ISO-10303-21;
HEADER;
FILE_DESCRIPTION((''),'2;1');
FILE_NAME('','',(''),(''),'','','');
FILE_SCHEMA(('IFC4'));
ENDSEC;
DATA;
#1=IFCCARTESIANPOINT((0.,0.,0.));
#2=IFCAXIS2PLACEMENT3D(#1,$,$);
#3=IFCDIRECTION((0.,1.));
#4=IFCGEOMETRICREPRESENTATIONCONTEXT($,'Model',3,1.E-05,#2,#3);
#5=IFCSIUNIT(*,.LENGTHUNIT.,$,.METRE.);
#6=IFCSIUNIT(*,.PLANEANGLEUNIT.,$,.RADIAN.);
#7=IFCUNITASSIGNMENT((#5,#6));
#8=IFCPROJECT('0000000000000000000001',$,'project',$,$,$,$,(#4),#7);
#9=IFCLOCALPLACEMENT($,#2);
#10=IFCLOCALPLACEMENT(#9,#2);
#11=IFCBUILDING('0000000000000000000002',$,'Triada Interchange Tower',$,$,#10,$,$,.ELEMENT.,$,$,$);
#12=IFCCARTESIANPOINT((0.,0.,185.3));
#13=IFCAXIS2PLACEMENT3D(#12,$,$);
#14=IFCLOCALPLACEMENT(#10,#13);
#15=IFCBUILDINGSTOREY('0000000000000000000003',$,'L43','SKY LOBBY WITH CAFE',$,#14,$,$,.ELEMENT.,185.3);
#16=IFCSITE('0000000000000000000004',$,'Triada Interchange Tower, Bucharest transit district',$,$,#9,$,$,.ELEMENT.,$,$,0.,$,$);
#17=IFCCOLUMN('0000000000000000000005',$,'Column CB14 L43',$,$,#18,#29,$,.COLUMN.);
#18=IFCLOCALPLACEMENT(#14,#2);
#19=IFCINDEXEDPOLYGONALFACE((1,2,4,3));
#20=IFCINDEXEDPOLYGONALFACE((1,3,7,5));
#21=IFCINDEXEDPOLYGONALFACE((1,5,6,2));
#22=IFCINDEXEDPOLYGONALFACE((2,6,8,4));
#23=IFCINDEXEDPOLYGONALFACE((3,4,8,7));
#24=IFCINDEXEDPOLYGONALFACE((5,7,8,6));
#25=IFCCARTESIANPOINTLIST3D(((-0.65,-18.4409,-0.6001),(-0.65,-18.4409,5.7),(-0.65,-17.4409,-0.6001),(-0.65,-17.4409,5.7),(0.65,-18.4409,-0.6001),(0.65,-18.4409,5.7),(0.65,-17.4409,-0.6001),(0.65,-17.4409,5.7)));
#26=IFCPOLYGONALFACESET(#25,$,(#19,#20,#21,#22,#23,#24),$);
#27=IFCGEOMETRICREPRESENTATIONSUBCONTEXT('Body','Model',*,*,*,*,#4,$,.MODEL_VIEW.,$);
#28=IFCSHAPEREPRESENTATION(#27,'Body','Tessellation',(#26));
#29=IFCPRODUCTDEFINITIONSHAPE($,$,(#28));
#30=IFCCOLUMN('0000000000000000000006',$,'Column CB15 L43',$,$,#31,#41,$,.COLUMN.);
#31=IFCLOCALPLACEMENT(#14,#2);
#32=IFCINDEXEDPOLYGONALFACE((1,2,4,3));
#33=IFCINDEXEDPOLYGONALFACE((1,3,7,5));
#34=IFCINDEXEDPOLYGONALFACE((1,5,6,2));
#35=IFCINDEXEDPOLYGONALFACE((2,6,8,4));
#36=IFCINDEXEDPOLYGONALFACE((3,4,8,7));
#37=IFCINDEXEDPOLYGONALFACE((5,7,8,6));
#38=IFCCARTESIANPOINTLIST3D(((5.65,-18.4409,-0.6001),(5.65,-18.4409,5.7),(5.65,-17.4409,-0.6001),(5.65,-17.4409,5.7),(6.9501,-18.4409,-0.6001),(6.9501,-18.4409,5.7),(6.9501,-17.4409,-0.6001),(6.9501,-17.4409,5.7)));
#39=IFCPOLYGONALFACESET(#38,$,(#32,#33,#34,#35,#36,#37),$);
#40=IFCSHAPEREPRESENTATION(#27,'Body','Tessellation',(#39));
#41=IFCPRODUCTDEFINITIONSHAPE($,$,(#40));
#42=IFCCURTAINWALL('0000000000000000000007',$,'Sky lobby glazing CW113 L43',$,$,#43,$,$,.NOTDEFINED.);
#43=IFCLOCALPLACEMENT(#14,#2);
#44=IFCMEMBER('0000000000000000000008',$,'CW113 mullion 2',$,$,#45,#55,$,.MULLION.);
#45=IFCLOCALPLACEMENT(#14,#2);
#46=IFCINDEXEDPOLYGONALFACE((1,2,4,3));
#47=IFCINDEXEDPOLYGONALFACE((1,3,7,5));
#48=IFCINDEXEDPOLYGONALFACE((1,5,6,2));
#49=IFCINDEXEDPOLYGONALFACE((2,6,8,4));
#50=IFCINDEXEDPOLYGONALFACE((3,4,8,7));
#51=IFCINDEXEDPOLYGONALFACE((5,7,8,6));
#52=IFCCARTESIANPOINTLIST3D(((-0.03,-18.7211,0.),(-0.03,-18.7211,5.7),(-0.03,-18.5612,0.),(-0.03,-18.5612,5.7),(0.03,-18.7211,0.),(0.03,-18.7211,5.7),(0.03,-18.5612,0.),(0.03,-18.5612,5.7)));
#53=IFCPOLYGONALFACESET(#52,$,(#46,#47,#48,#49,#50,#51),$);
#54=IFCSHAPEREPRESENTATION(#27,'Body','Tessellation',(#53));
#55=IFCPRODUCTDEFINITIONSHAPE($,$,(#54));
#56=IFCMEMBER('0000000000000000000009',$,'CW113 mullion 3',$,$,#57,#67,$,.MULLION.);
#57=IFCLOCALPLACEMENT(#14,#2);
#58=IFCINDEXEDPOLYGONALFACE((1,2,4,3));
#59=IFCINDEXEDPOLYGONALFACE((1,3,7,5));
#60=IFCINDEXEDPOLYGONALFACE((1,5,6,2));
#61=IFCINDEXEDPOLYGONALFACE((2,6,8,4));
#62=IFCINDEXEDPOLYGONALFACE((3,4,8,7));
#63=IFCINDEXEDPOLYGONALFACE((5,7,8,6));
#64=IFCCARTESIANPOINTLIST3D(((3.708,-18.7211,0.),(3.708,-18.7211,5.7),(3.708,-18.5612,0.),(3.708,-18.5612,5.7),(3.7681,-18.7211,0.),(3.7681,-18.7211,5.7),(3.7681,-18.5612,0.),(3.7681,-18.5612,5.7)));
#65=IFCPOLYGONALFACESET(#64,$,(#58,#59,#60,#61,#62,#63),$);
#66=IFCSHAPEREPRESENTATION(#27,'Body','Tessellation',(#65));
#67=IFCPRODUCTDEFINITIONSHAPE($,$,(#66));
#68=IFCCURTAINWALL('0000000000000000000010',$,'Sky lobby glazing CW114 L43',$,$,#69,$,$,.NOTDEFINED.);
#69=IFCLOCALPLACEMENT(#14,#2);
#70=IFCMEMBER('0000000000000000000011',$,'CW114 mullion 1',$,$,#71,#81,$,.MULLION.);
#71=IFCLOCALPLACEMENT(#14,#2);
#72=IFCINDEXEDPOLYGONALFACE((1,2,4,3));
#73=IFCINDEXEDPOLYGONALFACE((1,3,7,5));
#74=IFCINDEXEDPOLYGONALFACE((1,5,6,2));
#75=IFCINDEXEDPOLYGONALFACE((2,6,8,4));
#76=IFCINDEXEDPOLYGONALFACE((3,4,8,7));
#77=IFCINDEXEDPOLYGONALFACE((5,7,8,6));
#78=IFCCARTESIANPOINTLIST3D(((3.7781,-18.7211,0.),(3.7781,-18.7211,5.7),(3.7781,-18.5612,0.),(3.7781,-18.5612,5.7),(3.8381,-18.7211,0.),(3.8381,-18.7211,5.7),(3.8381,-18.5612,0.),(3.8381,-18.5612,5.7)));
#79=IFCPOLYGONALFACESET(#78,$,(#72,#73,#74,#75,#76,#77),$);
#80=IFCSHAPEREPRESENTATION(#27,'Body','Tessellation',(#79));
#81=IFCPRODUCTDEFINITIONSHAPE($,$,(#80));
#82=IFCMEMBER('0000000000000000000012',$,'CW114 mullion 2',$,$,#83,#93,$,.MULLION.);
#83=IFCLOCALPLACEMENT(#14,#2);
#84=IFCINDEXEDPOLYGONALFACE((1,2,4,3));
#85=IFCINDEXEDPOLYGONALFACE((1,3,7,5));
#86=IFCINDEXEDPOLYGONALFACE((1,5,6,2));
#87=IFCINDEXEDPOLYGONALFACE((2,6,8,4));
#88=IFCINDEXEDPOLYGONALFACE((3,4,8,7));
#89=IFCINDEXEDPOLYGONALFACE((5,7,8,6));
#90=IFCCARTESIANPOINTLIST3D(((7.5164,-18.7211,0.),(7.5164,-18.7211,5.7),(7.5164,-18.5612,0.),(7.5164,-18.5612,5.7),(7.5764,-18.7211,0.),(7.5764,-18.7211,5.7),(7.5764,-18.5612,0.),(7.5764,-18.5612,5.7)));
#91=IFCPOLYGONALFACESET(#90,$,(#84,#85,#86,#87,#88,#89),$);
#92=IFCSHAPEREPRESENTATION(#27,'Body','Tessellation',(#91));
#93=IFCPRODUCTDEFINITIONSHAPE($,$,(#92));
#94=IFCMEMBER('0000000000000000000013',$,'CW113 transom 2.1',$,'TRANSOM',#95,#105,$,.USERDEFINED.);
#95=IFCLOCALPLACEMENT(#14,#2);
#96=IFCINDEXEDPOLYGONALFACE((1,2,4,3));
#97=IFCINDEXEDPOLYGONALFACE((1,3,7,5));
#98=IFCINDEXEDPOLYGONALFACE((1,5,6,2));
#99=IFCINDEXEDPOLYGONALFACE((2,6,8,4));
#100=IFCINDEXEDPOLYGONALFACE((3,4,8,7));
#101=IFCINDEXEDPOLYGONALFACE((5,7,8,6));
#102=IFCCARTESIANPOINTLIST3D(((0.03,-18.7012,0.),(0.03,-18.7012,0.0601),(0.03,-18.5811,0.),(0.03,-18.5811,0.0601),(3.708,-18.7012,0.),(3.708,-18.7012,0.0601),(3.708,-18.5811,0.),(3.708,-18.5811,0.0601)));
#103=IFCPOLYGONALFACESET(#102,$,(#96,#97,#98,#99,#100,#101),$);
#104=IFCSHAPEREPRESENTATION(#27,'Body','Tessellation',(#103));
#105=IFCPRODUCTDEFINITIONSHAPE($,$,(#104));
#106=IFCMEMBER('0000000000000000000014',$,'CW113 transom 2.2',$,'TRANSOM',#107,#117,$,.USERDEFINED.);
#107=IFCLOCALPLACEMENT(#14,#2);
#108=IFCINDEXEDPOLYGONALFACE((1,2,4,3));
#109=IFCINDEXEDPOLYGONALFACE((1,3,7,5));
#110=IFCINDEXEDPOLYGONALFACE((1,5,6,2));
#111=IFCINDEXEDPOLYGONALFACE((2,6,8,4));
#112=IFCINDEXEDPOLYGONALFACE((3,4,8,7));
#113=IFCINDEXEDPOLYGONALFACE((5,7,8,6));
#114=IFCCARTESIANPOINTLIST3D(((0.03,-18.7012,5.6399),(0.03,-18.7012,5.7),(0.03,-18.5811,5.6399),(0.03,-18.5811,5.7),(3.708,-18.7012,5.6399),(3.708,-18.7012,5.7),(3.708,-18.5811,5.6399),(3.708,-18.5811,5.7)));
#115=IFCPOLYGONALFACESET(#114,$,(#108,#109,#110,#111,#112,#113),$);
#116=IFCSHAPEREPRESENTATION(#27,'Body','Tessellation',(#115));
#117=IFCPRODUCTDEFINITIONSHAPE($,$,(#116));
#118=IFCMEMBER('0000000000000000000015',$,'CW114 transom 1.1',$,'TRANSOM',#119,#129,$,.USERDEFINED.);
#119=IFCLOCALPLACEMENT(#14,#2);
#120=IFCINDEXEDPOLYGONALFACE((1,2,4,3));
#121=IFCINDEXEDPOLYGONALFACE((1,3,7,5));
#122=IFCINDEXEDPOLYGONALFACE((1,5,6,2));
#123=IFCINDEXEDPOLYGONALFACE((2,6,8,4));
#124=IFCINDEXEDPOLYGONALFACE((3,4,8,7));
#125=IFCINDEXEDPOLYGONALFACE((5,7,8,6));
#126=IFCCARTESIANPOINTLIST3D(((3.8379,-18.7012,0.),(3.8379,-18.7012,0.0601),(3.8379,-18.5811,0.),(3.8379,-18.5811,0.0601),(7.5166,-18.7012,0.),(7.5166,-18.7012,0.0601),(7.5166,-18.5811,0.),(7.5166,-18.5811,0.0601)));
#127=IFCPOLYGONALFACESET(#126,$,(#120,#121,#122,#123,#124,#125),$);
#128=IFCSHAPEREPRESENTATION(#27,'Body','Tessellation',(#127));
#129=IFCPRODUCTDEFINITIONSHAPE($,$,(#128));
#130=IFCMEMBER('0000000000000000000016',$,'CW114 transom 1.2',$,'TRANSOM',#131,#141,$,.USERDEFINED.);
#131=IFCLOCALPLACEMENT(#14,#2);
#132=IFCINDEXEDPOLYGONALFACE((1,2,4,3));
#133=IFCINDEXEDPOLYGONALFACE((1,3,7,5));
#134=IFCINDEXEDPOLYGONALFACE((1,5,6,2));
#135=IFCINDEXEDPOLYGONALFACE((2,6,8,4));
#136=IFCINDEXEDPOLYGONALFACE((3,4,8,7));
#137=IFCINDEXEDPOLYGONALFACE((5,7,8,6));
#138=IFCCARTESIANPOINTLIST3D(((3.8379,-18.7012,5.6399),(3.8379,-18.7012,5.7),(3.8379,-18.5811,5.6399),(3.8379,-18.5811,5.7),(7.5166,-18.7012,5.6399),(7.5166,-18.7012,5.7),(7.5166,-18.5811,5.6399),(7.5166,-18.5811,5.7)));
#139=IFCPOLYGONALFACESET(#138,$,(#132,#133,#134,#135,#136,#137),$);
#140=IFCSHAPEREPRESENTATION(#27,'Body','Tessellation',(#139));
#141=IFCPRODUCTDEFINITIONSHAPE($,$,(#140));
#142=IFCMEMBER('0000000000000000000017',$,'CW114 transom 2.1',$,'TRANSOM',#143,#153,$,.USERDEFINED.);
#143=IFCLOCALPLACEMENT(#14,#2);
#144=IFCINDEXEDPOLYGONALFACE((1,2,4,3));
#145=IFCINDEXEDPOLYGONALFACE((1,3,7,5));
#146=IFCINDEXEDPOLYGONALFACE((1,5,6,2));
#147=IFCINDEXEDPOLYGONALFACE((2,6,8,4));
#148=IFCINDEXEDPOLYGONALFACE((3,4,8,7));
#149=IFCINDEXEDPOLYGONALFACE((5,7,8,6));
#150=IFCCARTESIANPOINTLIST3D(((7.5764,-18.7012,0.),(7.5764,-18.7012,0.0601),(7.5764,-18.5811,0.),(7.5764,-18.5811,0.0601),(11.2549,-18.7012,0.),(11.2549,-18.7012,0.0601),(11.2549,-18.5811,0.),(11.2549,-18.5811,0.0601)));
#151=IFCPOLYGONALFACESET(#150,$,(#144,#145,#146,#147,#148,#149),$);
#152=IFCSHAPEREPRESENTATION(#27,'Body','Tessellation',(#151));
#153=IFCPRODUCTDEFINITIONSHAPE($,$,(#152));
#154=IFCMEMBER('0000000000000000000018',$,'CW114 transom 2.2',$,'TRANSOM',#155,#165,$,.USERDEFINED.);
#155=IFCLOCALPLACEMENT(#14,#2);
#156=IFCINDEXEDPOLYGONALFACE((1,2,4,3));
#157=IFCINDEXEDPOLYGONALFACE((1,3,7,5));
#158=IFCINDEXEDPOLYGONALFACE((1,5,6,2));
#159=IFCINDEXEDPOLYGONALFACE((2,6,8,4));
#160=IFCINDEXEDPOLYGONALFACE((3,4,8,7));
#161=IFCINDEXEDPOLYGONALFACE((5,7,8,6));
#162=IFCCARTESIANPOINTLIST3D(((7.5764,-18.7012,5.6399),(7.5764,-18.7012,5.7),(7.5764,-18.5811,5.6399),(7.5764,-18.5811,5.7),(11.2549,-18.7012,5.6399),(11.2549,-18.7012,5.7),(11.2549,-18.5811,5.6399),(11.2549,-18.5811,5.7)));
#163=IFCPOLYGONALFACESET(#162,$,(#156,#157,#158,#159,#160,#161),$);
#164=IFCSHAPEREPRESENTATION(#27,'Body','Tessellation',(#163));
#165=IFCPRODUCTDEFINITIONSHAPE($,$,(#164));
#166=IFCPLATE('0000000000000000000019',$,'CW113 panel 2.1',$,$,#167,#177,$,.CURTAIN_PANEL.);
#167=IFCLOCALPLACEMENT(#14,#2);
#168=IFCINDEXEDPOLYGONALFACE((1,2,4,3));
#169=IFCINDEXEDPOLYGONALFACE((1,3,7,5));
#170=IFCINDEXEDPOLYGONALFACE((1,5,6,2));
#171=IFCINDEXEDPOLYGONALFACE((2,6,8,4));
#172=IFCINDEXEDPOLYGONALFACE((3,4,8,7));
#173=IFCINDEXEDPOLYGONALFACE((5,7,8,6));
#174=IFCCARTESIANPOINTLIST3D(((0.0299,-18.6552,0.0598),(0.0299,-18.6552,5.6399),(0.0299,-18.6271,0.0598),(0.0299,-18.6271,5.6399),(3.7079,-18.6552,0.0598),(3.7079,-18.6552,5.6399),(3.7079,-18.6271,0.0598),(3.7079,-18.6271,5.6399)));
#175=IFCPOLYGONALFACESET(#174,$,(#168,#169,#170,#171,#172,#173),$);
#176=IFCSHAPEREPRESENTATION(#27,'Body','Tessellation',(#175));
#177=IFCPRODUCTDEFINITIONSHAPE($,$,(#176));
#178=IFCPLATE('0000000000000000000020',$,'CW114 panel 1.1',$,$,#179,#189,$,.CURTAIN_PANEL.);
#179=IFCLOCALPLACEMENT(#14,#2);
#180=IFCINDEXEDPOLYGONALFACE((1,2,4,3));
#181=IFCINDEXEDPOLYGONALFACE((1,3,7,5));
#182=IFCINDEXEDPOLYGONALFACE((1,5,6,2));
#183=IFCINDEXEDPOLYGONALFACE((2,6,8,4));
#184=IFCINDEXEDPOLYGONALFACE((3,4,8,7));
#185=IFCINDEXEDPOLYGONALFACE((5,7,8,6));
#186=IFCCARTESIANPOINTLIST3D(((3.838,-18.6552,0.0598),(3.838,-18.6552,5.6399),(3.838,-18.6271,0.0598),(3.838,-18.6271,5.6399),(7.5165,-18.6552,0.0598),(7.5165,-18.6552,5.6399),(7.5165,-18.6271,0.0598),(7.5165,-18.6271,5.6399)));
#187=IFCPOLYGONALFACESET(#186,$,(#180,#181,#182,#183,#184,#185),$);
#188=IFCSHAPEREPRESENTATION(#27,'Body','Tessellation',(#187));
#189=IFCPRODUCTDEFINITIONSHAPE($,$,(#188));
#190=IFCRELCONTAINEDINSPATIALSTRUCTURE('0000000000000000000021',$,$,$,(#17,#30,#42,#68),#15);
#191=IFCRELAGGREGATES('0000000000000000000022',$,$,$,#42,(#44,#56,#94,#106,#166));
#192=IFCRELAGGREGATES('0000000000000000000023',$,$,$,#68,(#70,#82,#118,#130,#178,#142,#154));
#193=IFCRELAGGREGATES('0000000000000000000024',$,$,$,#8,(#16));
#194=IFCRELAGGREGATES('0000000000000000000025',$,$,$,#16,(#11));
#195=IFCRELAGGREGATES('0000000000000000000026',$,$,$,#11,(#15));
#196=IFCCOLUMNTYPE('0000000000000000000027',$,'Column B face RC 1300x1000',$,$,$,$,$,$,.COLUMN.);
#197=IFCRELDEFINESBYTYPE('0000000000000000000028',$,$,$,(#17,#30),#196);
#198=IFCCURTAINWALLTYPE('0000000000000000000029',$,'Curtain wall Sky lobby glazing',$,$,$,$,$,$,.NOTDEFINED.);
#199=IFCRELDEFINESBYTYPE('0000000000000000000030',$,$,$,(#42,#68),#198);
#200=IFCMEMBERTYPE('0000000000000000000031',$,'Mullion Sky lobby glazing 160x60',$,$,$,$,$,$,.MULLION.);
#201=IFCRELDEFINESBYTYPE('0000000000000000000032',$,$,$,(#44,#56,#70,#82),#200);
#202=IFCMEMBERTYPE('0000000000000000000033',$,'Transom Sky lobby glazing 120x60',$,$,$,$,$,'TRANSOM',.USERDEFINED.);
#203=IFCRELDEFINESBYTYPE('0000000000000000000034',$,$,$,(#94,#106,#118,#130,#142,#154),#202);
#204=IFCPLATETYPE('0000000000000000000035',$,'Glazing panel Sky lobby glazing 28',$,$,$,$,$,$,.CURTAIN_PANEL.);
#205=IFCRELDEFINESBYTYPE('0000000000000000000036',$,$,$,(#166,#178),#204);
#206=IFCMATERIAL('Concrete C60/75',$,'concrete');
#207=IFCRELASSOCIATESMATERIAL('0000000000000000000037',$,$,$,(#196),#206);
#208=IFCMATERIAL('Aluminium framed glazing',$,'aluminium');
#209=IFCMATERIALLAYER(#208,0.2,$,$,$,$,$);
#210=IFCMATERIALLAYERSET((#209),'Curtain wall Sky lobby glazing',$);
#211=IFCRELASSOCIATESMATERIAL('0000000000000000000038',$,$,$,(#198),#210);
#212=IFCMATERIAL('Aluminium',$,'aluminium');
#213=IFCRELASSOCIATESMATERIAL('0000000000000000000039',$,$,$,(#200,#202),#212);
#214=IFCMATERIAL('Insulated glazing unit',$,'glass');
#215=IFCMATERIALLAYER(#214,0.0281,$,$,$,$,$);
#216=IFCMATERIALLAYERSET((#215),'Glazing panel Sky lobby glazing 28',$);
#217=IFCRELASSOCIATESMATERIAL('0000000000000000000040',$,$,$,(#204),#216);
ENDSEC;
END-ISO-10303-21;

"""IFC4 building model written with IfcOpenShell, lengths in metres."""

from ifc_helpers import new_model, si_unit, direction, frame, origin, origin_2d, place, context, subcontext, project, spatial, rectangle, extrude, material, layer, layer_set, material_profile, profile_set, type_object, element, aggregate, save


model = new_model("IFC4")

# Units and contexts
model_context = context("Model", 3, precision=1e-05, world=origin(), true_north=direction((0.0, 1.0)))
body_context = subcontext(model_context, "Body", "Model", "MODEL_VIEW")
ifc_project = project(units=[si_unit("LENGTHUNIT", "METRE"), si_unit("PLANEANGLEUNIT", "RADIAN")], contexts=[model_context])

# Site, building, storey
site_placement = place(None, origin())
site = spatial("IfcSite", under=ifc_project, at=site_placement, Name="Triada Interchange Tower, Bucharest transit district", CompositionType="ELEMENT", RefElevation=0.0)
building_placement = place(site_placement, origin())
building = spatial("IfcBuilding", under=site, at=building_placement, Name="Triada Interchange Tower", CompositionType="ELEMENT")
storey_placement = place(building_placement, frame((0.0, 0.0, 185.3)))
storey = spatial("IfcBuildingStorey", under=building, at=storey_placement, Name="L43", Description="SKY LOBBY WITH CAFE", CompositionType="ELEMENT", Elevation=185.3)

# Columns
ifc_material_1 = material(Name="Concrete C60/75", Category="concrete")
ifc_material_profile_1 = material_profile(ifc_material_1, rectangle(XDim=1.3, YDim=1.0, at=origin_2d()), Name="RC 1300x1000")
ifc_profile_set_1 = profile_set([ifc_material_profile_1], Name="Concrete C60/75")
column_type = type_object("IfcColumnType", Name="Column B face RC 1300x1000", PredefinedType="COLUMN", material=ifc_profile_set_1)
for number, where, z_axis, x_axis, name in (
    (1, (0.0, -17.9409, -0.6001), (0.0, 0.0, 1.0), (1.0, 0.0, 0.0), "Column CB14 L43"),
    (2, (6.3, -17.9409, -0.6001), (0.0, 0.0, 1.0), (1.0, 0.0, 0.0), "Column CB15 L43"),
):
    element("IfcColumn", number, at=place(storey_placement, frame(where, z_axis=z_axis, x_axis=x_axis)), inside=storey, type_object=column_type, Name=name, PredefinedType="COLUMN", context=body_context, shape_type="SweptSolid", body=[
        extrude(rectangle(XDim=1.3, YDim=1.0, at=origin_2d()), origin(), (0.0, 0.0, 1.0), 6.3),
    ])

# Curtain walls, members
ifc_material_2 = material(Name="Aluminium framed glazing", Category="aluminium")
ifc_layer_1 = layer(ifc_material_2, 0.2)
ifc_layer_set_1 = layer_set([ifc_layer_1], Name="Curtain wall Sky lobby glazing")
curtain_wall_type = type_object("IfcCurtainWallType", Name="Curtain wall Sky lobby glazing", PredefinedType="NOTDEFINED", material=ifc_layer_set_1)
curtain_wall_1_placement = place(storey_placement, origin())
curtain_wall_1 = element("IfcCurtainWall", 3, at=curtain_wall_1_placement, inside=storey, type_object=curtain_wall_type, Name="Sky lobby glazing CW113 L43", PredefinedType="NOTDEFINED")
ifc_material_3 = material(Name="Aluminium", Category="aluminium")
ifc_material_profile_2 = material_profile(ifc_material_3, rectangle(XDim=0.1599, YDim=0.0601, at=origin_2d()), Name="Aluminium mullion")
ifc_profile_set_2 = profile_set([ifc_material_profile_2], Name="Aluminium")
member_type_1 = type_object("IfcMemberType", Name="Mullion Sky lobby glazing 160x60", PredefinedType="MULLION", material=ifc_profile_set_2)
member_1_placement = place(storey_placement, frame((0.0, -18.6411, 0.0), z_axis=(0.0, 0.0, 1.0), x_axis=(0.0, 1.0, 0.0)))
member_1 = element("IfcMember", 4, at=member_1_placement, type_object=member_type_1, Name="CW113 mullion 2", PredefinedType="MULLION", context=body_context, shape_type="SweptSolid", body=[
    extrude(rectangle(XDim=0.1599, YDim=0.0601, at=origin_2d()), origin(), (0.0, 0.0, 1.0), 5.7),
])
member_2_placement = place(storey_placement, frame((3.738, -18.6411, 0.0), z_axis=(0.0, 0.0, 1.0), x_axis=(0.0, 1.0, 0.0)))
member_2 = element("IfcMember", 5, at=member_2_placement, type_object=member_type_1, Name="CW113 mullion 3", PredefinedType="MULLION", context=body_context, shape_type="SweptSolid", body=[
    extrude(rectangle(XDim=0.1599, YDim=0.0601, at=origin_2d()), origin(), (0.0, 0.0, 1.0), 5.7),
])
curtain_wall_2_placement = place(storey_placement, origin())
curtain_wall_2 = element("IfcCurtainWall", 6, at=curtain_wall_2_placement, inside=storey, type_object=curtain_wall_type, Name="Sky lobby glazing CW114 L43", PredefinedType="NOTDEFINED")
member_3_placement = place(storey_placement, frame((3.8081, -18.6411, 0.0), z_axis=(0.0, 0.0, 1.0), x_axis=(0.0, 1.0, 0.0)))
member_3 = element("IfcMember", 7, at=member_3_placement, type_object=member_type_1, Name="CW114 mullion 1", PredefinedType="MULLION", context=body_context, shape_type="SweptSolid", body=[
    extrude(rectangle(XDim=0.1599, YDim=0.0601, at=origin_2d()), origin(), (0.0, 0.0, 1.0), 5.7),
])
member_4_placement = place(storey_placement, frame((7.5464, -18.6411, 0.0), z_axis=(0.0, 0.0, 1.0), x_axis=(0.0, 1.0, 0.0)))
member_4 = element("IfcMember", 8, at=member_4_placement, type_object=member_type_1, Name="CW114 mullion 2", PredefinedType="MULLION", context=body_context, shape_type="SweptSolid", body=[
    extrude(rectangle(XDim=0.1599, YDim=0.0601, at=origin_2d()), origin(), (0.0, 0.0, 1.0), 5.7),
])

# Members
ifc_material_profile_3 = material_profile(ifc_material_3, rectangle(XDim=0.1201, YDim=0.0601, at=origin_2d()), Name="Aluminium transom")
ifc_profile_set_3 = profile_set([ifc_material_profile_3], Name="Aluminium")
member_type_2 = type_object("IfcMemberType", Name="Transom Sky lobby glazing 120x60", ElementType="TRANSOM", PredefinedType="USERDEFINED", material=ifc_profile_set_3)
member_5_placement = place(storey_placement, frame((0.03, -18.6411, 0.03), z_axis=(1.0, 0.0, 0.0), x_axis=(0.0, 1.0, 0.0)))
member_5 = element("IfcMember", 9, at=member_5_placement, type_object=member_type_2, Name="CW113 transom 2.1", ObjectType="TRANSOM", PredefinedType="USERDEFINED", context=body_context, shape_type="SweptSolid", body=[
    extrude(rectangle(XDim=0.1201, YDim=0.0601, at=origin_2d()), origin(), (0.0, 0.0, 1.0), 3.678),
])
member_6_placement = place(storey_placement, frame((0.03, -18.6411, 5.6699), z_axis=(1.0, 0.0, 0.0), x_axis=(0.0, 1.0, 0.0)))
member_6 = element("IfcMember", 10, at=member_6_placement, type_object=member_type_2, Name="CW113 transom 2.2", ObjectType="TRANSOM", PredefinedType="USERDEFINED", context=body_context, shape_type="SweptSolid", body=[
    extrude(rectangle(XDim=0.1201, YDim=0.0601, at=origin_2d()), origin(), (0.0, 0.0, 1.0), 3.678),
])
member_7_placement = place(storey_placement, frame((3.8379, -18.6411, 0.03), z_axis=(1.0, 0.0, 0.0), x_axis=(0.0, 1.0, 0.0)))
member_7 = element("IfcMember", 11, at=member_7_placement, type_object=member_type_2, Name="CW114 transom 1.1", ObjectType="TRANSOM", PredefinedType="USERDEFINED", context=body_context, shape_type="SweptSolid", body=[
    extrude(rectangle(XDim=0.1201, YDim=0.0601, at=origin_2d()), origin(), (0.0, 0.0, 1.0), 3.6787),
])
member_8_placement = place(storey_placement, frame((3.8379, -18.6411, 5.6699), z_axis=(1.0, 0.0, 0.0), x_axis=(0.0, 1.0, 0.0)))
member_8 = element("IfcMember", 12, at=member_8_placement, type_object=member_type_2, Name="CW114 transom 1.2", ObjectType="TRANSOM", PredefinedType="USERDEFINED", context=body_context, shape_type="SweptSolid", body=[
    extrude(rectangle(XDim=0.1201, YDim=0.0601, at=origin_2d()), origin(), (0.0, 0.0, 1.0), 3.6787),
])
member_9_placement = place(storey_placement, frame((7.5764, -18.6411, 0.03), z_axis=(1.0, 0.0, 0.0), x_axis=(0.0, 1.0, 0.0)))
member_9 = element("IfcMember", 13, at=member_9_placement, type_object=member_type_2, Name="CW114 transom 2.1", ObjectType="TRANSOM", PredefinedType="USERDEFINED", context=body_context, shape_type="SweptSolid", body=[
    extrude(rectangle(XDim=0.1201, YDim=0.0601, at=origin_2d()), origin(), (0.0, 0.0, 1.0), 3.6785),
])
member_10_placement = place(storey_placement, frame((7.5764, -18.6411, 5.6699), z_axis=(1.0, 0.0, 0.0), x_axis=(0.0, 1.0, 0.0)))
member_10 = element("IfcMember", 14, at=member_10_placement, type_object=member_type_2, Name="CW114 transom 2.2", ObjectType="TRANSOM", PredefinedType="USERDEFINED", context=body_context, shape_type="SweptSolid", body=[
    extrude(rectangle(XDim=0.1201, YDim=0.0601, at=origin_2d()), origin(), (0.0, 0.0, 1.0), 3.6785),
])

# Plates
ifc_material_4 = material(Name="Insulated glazing unit", Category="glass")
ifc_layer_2 = layer(ifc_material_4, 0.0281)
ifc_layer_set_2 = layer_set([ifc_layer_2], Name="Glazing panel Sky lobby glazing 28")
plate_type = type_object("IfcPlateType", Name="Glazing panel Sky lobby glazing 28", PredefinedType="CURTAIN_PANEL", material=ifc_layer_set_2)
plate_1_placement = place(storey_placement, frame((1.8689, -18.6411, 0.0598), z_axis=(0.0, 0.0, 1.0), x_axis=(1.0, 0.0, 0.0)))
plate_1 = element("IfcPlate", 15, at=plate_1_placement, type_object=plate_type, Name="CW113 panel 2.1", PredefinedType="CURTAIN_PANEL", context=body_context, shape_type="SweptSolid", body=[
    extrude(rectangle(XDim=3.678, YDim=0.0281, at=origin_2d()), origin(), (0.0, 0.0, 1.0), 5.5801),
])
aggregate(curtain_wall_1, [member_1, member_2, member_5, member_6, plate_1])
plate_2_placement = place(storey_placement, frame((5.6772, -18.6411, 0.0598), z_axis=(0.0, 0.0, 1.0), x_axis=(1.0, 0.0, 0.0)))
plate_2 = element("IfcPlate", 16, at=plate_2_placement, type_object=plate_type, Name="CW114 panel 1.1", PredefinedType="CURTAIN_PANEL", context=body_context, shape_type="SweptSolid", body=[
    extrude(rectangle(XDim=3.6785, YDim=0.0281, at=origin_2d()), origin(), (0.0, 0.0, 1.0), 5.5801),
])
aggregate(curtain_wall_2, [member_3, member_4, member_7, member_8, plate_2, member_9, member_10])

save(model, "model.ifc")
